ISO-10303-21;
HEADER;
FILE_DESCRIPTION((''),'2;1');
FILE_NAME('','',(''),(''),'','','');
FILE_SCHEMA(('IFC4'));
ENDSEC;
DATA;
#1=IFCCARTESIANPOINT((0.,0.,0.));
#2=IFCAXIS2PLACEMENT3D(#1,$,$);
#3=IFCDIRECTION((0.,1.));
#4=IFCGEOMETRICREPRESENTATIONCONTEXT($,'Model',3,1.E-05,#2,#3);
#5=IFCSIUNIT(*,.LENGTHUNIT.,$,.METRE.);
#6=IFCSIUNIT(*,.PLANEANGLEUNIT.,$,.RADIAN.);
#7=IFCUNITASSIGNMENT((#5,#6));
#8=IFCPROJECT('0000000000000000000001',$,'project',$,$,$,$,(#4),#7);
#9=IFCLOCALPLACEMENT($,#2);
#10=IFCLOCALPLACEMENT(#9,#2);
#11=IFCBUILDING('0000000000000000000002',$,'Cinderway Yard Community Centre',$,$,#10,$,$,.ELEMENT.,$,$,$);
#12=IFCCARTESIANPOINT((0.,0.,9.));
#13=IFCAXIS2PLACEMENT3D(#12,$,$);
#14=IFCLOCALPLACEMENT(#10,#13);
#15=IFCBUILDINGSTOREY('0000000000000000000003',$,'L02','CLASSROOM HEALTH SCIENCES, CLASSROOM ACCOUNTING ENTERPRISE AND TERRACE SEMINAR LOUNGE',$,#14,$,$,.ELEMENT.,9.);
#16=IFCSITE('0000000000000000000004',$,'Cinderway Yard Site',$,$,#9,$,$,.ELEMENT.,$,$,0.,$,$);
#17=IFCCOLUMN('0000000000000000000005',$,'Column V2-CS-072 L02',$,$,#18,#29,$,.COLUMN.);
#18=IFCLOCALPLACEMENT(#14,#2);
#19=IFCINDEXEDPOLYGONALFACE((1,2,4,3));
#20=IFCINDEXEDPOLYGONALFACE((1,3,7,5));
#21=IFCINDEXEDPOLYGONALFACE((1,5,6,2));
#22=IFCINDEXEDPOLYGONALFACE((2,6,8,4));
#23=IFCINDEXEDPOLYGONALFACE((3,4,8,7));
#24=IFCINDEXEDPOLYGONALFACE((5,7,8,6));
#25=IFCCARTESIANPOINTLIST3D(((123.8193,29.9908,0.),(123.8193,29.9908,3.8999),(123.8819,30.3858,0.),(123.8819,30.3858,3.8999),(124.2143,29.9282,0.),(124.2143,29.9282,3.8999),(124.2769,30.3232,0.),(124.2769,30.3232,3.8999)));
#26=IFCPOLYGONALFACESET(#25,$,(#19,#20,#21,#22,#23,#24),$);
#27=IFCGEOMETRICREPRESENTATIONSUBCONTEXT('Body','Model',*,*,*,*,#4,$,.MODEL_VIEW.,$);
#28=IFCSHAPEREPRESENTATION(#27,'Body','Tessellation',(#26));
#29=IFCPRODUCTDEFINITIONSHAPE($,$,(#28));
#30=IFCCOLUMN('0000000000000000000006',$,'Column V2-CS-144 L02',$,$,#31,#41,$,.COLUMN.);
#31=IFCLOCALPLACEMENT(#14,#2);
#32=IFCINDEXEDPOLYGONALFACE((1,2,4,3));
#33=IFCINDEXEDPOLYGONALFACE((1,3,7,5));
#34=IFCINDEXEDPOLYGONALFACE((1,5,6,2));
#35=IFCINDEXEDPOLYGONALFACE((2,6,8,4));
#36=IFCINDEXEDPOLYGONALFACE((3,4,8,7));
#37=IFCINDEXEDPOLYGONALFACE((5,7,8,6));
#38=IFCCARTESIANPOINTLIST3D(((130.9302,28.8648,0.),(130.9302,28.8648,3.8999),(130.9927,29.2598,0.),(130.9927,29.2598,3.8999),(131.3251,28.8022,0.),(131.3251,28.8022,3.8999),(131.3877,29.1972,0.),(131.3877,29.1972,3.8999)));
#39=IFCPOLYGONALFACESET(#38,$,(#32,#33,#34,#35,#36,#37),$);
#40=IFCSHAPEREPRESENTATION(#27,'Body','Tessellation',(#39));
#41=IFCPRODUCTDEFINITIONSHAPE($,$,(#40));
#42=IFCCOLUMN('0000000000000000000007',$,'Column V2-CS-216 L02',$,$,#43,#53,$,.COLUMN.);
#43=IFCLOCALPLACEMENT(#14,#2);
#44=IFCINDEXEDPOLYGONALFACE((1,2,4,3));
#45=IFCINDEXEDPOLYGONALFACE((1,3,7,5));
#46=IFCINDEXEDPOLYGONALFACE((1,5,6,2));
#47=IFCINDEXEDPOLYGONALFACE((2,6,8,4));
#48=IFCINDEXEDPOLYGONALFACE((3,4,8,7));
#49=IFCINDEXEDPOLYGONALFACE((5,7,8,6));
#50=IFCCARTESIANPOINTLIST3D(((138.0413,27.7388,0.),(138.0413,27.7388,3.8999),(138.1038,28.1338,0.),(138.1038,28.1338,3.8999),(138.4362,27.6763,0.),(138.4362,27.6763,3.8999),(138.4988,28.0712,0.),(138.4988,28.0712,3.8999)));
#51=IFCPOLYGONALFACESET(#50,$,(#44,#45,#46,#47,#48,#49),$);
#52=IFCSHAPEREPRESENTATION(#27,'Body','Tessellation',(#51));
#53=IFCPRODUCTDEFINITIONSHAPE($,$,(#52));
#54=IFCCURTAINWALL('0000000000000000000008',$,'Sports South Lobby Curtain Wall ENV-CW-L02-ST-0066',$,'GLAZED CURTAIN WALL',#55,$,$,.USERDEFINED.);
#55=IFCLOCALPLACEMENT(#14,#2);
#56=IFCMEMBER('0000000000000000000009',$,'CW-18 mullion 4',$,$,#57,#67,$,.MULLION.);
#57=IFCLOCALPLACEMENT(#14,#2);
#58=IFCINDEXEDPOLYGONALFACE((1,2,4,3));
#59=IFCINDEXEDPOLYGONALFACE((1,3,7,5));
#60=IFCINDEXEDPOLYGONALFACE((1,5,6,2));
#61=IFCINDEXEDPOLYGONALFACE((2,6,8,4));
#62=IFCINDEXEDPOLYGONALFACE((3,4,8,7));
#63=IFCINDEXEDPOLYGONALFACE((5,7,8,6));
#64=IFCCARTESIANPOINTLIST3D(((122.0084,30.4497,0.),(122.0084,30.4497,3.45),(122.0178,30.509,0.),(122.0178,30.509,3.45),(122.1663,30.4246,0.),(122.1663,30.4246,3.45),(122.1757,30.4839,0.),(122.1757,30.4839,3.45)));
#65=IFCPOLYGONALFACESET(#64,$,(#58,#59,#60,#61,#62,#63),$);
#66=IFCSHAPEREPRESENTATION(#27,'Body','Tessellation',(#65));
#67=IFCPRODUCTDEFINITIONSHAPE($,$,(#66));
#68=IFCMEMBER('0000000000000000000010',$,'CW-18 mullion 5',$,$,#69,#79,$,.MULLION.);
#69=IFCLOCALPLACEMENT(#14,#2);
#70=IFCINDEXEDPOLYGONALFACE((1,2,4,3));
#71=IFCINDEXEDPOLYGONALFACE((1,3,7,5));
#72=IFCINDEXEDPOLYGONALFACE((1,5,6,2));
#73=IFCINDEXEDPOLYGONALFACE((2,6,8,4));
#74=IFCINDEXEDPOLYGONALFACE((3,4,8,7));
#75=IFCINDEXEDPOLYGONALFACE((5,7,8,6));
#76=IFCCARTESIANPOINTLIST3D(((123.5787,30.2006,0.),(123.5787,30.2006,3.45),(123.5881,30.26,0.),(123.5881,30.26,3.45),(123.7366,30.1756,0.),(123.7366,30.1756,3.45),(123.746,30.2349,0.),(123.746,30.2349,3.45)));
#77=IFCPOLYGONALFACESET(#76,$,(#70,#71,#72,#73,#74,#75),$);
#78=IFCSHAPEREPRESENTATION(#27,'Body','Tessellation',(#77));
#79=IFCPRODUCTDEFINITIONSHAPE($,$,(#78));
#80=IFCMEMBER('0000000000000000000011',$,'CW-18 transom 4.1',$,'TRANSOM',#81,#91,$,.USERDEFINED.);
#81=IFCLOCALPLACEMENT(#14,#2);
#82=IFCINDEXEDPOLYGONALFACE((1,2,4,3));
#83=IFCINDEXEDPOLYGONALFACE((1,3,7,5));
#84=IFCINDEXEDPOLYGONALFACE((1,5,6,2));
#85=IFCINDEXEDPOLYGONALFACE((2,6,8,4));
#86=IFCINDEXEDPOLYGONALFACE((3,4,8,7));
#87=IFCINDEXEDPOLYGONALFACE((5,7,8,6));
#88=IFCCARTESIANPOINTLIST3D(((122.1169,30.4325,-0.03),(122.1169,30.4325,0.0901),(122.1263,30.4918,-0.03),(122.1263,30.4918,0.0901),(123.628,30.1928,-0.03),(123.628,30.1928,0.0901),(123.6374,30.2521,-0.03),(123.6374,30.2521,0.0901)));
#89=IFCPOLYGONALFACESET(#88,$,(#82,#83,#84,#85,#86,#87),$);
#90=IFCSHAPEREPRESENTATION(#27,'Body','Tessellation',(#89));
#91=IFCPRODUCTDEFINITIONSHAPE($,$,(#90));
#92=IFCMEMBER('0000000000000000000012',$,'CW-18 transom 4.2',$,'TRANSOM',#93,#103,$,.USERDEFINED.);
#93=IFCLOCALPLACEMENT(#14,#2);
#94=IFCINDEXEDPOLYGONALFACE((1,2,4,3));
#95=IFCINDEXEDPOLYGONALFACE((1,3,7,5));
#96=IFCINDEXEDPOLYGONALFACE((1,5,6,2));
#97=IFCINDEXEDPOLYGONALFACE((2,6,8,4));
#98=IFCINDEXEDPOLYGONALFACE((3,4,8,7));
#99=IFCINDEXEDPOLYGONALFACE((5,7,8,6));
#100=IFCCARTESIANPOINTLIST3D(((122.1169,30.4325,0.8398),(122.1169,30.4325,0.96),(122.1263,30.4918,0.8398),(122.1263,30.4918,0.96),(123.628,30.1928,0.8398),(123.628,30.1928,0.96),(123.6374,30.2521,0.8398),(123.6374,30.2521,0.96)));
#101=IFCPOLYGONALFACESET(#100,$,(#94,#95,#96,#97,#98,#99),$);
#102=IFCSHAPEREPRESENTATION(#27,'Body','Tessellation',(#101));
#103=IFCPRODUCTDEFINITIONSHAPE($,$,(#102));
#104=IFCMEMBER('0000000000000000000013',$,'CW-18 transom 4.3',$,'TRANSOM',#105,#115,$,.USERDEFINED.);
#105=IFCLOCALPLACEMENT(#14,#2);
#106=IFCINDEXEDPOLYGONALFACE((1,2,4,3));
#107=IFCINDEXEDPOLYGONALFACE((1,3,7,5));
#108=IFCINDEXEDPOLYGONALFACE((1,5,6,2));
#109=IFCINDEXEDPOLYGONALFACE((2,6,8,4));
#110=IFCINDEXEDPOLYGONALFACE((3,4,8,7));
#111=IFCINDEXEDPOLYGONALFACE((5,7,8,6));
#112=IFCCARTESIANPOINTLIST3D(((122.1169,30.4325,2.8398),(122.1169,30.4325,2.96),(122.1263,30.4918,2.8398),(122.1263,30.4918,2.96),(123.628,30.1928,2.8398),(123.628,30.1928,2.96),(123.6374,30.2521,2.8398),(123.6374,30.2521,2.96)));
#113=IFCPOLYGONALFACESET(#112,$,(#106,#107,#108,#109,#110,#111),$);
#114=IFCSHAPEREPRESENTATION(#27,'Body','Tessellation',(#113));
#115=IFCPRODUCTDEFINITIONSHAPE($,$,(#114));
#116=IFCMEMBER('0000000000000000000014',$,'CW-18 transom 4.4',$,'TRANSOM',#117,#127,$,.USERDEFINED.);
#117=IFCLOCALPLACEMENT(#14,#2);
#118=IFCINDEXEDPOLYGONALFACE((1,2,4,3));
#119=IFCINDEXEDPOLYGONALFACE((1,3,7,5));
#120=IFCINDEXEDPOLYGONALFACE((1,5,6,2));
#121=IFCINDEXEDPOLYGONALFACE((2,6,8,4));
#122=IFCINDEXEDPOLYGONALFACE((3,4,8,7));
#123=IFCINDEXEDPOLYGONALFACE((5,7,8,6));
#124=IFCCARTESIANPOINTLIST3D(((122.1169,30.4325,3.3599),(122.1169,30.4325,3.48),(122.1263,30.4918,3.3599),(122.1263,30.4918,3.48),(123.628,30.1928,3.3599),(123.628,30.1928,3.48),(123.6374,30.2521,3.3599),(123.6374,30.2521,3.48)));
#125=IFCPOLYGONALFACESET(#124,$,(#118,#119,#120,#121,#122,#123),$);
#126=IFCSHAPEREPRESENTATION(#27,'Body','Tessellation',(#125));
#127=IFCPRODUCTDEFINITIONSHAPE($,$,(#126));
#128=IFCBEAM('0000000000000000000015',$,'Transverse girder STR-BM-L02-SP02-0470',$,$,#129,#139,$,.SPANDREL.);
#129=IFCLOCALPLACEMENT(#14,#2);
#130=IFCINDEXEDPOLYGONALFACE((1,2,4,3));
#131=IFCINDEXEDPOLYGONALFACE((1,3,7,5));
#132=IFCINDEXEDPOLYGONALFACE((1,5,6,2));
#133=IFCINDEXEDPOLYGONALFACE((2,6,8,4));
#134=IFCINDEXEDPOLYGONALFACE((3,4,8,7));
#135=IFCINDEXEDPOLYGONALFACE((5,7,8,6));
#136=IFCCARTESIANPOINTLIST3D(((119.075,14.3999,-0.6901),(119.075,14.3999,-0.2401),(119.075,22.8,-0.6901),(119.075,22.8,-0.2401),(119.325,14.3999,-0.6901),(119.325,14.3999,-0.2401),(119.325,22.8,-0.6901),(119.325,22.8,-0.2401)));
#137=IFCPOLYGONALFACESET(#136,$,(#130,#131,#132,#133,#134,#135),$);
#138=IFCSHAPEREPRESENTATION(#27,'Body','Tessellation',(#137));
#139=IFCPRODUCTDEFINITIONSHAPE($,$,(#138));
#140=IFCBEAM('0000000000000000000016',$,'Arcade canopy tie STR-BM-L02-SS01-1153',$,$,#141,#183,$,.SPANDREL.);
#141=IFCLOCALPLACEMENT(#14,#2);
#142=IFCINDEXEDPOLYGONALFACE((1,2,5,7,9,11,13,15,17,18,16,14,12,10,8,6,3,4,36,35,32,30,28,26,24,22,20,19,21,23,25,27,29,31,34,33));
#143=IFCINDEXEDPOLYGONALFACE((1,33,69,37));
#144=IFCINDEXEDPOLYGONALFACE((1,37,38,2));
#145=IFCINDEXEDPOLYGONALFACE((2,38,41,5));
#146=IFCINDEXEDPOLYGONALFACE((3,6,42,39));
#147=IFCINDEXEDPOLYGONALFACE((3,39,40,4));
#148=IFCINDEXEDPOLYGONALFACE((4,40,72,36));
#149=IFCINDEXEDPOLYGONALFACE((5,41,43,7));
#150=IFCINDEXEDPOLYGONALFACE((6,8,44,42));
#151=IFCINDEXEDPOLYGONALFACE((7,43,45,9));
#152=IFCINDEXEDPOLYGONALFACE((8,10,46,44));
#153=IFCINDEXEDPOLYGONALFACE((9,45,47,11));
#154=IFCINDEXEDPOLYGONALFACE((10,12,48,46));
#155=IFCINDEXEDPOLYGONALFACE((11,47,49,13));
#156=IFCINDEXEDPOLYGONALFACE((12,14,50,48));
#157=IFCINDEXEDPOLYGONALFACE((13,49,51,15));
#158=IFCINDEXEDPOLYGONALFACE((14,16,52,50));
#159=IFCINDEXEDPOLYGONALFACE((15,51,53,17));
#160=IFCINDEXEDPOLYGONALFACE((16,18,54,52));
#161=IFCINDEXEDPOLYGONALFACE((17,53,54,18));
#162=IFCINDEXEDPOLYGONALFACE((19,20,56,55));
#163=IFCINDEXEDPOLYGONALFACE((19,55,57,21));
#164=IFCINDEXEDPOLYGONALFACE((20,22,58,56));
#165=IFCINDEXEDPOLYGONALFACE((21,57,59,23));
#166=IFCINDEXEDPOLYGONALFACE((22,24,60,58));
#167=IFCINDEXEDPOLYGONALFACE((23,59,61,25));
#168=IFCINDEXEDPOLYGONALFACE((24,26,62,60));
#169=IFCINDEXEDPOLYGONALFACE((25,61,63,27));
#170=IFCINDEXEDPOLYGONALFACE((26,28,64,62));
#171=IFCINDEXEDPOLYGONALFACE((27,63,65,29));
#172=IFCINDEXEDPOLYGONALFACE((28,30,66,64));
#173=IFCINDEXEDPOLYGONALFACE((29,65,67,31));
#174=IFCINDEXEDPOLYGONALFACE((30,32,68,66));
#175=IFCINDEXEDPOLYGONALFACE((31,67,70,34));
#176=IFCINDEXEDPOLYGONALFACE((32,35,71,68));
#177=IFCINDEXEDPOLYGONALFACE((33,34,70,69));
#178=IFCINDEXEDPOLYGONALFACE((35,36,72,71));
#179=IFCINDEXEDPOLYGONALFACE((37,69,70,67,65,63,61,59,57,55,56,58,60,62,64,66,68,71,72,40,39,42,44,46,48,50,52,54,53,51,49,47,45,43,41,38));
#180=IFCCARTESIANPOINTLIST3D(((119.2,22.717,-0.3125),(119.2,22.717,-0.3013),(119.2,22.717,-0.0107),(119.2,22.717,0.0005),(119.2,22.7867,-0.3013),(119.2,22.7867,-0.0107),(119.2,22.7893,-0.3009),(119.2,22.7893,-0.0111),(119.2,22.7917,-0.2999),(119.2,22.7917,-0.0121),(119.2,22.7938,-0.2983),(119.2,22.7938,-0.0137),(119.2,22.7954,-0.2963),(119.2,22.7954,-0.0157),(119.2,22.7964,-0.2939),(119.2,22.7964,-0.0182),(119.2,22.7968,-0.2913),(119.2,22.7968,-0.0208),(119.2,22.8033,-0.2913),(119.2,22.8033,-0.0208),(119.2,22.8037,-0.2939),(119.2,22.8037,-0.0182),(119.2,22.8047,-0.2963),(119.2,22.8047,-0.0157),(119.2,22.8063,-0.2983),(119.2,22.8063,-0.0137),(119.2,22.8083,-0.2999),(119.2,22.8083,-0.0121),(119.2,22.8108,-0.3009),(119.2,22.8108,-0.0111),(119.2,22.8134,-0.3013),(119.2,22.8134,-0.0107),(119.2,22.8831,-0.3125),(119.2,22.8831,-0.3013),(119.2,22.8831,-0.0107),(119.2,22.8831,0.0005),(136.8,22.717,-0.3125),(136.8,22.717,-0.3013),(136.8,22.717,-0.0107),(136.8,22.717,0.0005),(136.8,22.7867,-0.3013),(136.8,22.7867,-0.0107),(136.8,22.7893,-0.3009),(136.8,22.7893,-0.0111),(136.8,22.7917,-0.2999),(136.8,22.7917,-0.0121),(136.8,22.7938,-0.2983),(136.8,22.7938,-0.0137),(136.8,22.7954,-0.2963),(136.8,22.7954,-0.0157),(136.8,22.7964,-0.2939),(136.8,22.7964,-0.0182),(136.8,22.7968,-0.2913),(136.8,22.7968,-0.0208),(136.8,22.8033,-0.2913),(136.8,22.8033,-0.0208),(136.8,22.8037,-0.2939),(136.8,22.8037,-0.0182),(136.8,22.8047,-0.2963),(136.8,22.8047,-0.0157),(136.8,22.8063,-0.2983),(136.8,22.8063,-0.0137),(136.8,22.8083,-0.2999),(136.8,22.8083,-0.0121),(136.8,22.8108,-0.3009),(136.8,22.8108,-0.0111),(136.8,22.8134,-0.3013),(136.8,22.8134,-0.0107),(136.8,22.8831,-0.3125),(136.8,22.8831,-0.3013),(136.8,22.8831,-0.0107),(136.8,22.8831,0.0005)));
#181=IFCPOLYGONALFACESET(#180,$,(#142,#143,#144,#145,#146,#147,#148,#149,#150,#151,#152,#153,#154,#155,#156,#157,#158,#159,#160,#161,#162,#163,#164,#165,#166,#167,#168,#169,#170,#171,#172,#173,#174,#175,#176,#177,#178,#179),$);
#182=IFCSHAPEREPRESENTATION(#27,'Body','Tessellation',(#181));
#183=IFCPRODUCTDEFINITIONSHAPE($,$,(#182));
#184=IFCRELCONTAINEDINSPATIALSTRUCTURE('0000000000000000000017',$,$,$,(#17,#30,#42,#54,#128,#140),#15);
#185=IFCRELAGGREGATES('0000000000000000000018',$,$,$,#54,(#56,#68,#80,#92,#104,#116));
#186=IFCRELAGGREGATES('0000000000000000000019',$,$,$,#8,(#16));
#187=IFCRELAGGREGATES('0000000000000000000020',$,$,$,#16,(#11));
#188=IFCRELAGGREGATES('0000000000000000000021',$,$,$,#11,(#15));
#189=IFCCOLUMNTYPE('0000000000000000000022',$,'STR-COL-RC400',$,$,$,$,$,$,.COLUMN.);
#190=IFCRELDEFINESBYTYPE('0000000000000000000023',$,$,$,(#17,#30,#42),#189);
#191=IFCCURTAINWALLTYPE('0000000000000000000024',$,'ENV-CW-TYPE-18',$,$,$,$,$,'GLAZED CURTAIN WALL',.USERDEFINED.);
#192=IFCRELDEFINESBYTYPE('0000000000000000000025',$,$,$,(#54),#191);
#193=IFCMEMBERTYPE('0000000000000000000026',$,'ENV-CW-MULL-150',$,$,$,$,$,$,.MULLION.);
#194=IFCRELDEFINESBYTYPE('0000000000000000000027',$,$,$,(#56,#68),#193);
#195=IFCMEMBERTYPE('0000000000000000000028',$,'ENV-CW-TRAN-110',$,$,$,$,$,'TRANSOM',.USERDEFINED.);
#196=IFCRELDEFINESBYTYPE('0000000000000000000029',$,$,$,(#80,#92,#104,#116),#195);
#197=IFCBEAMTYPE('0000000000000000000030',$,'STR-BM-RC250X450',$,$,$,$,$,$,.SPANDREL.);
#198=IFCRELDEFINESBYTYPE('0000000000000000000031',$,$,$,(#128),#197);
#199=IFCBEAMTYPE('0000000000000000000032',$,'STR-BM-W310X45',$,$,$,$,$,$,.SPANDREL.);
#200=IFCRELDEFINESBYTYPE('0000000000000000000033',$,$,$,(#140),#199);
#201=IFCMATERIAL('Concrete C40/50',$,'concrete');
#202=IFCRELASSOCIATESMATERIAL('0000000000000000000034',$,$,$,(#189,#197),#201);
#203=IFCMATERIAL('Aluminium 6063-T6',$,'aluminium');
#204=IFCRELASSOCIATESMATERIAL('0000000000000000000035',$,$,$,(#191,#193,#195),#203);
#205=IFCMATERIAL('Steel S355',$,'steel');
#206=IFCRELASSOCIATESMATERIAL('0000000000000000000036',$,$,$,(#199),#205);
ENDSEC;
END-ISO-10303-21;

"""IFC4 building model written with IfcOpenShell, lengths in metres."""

from ifc_helpers import new_model, si_unit, direction, frame, origin, origin_2d, place, context, subcontext, project, spatial, rectangle, i_section, extrude, material, material_profile, profile_set, type_object, element, aggregate, save


model = new_model("IFC4")

# Units and contexts
model_context = context("Model", 3, precision=1e-05, world=origin(), true_north=direction((0.0, 1.0)))
body_context = subcontext(model_context, "Body", "Model", "MODEL_VIEW")
ifc_project = project(units=[si_unit("LENGTHUNIT", "METRE"), si_unit("PLANEANGLEUNIT", "RADIAN")], contexts=[model_context])

# Site, building, storey
site_placement = place(None, origin())
site = spatial("IfcSite", under=ifc_project, at=site_placement, Name="Cinderway Yard Site", CompositionType="ELEMENT", RefElevation=0.0)
building_placement = place(site_placement, origin())
building = spatial("IfcBuilding", under=site, at=building_placement, Name="Cinderway Yard Community Centre", CompositionType="ELEMENT")
storey_placement = place(building_placement, frame((0.0, 0.0, 9.0)))
storey = spatial("IfcBuildingStorey", under=building, at=storey_placement, Name="L02", Description="CLASSROOM HEALTH SCIENCES, CLASSROOM ACCOUNTING ENTERPRISE AND TERRACE SEMINAR LOUNGE", CompositionType="ELEMENT", Elevation=9.0)

# Columns
ifc_material_1 = material(Name="Concrete C40/50", Category="concrete")
ifc_material_profile_1 = material_profile(ifc_material_1, rectangle(XDim=0.3999, YDim=0.3999, at=origin_2d()), Name="Concrete C40/50")
ifc_profile_set_1 = profile_set([ifc_material_profile_1], Name="Concrete C40/50")
column_type = type_object("IfcColumnType", Name="STR-COL-RC400", PredefinedType="COLUMN", material=ifc_profile_set_1)
for number, where, z_axis, x_axis, name in (
    (1, (124.0481, 30.157, 0.0), (0.0, 0.0, 1.0), (0.987688, -0.156434, 0.0), "Column V2-CS-072 L02"),
    (2, (131.1589, 29.031, 0.0), (0.0, 0.0, 1.0), (0.987688, -0.156434, 0.0), "Column V2-CS-144 L02"),
    (3, (138.27, 27.905, 0.0), (0.0, 0.0, 1.0), (0.987688, -0.156434, 0.0), "Column V2-CS-216 L02"),
):
    element("IfcColumn", number, at=place(storey_placement, frame(where, z_axis=z_axis, x_axis=x_axis)), inside=storey, type_object=column_type, Name=name, PredefinedType="COLUMN", context=body_context, shape_type="SweptSolid", body=[
        extrude(rectangle(XDim=0.3999, YDim=0.3999, at=origin_2d()), origin(), (0.0, 0.0, 1.0), 3.8999),
    ])

# Curtain wall, members
ifc_material_2 = material(Name="Aluminium 6063-T6", Category="aluminium")
curtain_wall_type = type_object("IfcCurtainWallType", Name="ENV-CW-TYPE-18", ElementType="GLAZED CURTAIN WALL", PredefinedType="USERDEFINED", material=ifc_material_2)
curtain_wall_placement = place(storey_placement, origin())
curtain_wall = element("IfcCurtainWall", 4, at=curtain_wall_placement, inside=storey, type_object=curtain_wall_type, Name="Sports South Lobby Curtain Wall ENV-CW-L02-ST-0066", ObjectType="GLAZED CURTAIN WALL", PredefinedType="USERDEFINED")
ifc_material_profile_2 = material_profile(ifc_material_2, rectangle(XDim=0.0601, YDim=0.1599, at=origin_2d()), Name="Aluminium 6063-T6")
ifc_profile_set_2 = profile_set([ifc_material_profile_2], Name="Aluminium 6063-T6")
member_type_1 = type_object("IfcMemberType", Name="ENV-CW-MULL-150", PredefinedType="MULLION", material=ifc_profile_set_2)
member_1_placement = place(storey_placement, frame((122.092, 30.4668, 0.0), z_axis=(0.0, 0.0, 1.0), x_axis=(0.156636, 0.987656, 0.0)))
member_1 = element("IfcMember", 5, at=member_1_placement, type_object=member_type_1, Name="CW-18 mullion 4", PredefinedType="MULLION", context=body_context, shape_type="SweptSolid", body=[
    extrude(rectangle(XDim=0.0601, YDim=0.1599, at=origin_2d()), origin(), (0.0, 0.0, 1.0), 3.45),
])
member_2_placement = place(storey_placement, frame((123.6624, 30.2178, 0.0), z_axis=(0.0, 0.0, 1.0), x_axis=(0.156636, 0.987656, 0.0)))
member_2 = element("IfcMember", 6, at=member_2_placement, type_object=member_type_1, Name="CW-18 mullion 5", PredefinedType="MULLION", context=body_context, shape_type="SweptSolid", body=[
    extrude(rectangle(XDim=0.0601, YDim=0.1599, at=origin_2d()), origin(), (0.0, 0.0, 1.0), 3.45),
])
ifc_material_profile_3 = material_profile(ifc_material_2, rectangle(XDim=0.0601, YDim=0.1201, at=origin_2d()), Name="Aluminium 6063-T6")
ifc_profile_set_3 = profile_set([ifc_material_profile_3], Name="Aluminium 6063-T6")
member_type_2 = type_object("IfcMemberType", Name="ENV-CW-TRAN-110", ElementType="TRANSOM", PredefinedType="USERDEFINED", material=ifc_profile_set_3)
member_3_placement = place(storey_placement, frame((122.1216, 30.4622, 0.03), z_axis=(0.987649, -0.156684, 0.0), x_axis=(0.156684, 0.987649, 0.0)))
member_3 = element("IfcMember", 7, at=member_3_placement, type_object=member_type_2, Name="CW-18 transom 4.1", ObjectType="TRANSOM", PredefinedType="USERDEFINED", context=body_context, shape_type="SweptSolid", body=[
    extrude(rectangle(XDim=0.0601, YDim=0.1201, at=origin_2d()), origin(), (0.0, 0.0, 1.0), 1.53),
])
member_4_placement = place(storey_placement, frame((122.1216, 30.4622, 0.8999), z_axis=(0.987649, -0.156684, 0.0), x_axis=(0.156684, 0.987649, 0.0)))
member_4 = element("IfcMember", 8, at=member_4_placement, type_object=member_type_2, Name="CW-18 transom 4.2", ObjectType="TRANSOM", PredefinedType="USERDEFINED", context=body_context, shape_type="SweptSolid", body=[
    extrude(rectangle(XDim=0.0601, YDim=0.1201, at=origin_2d()), origin(), (0.0, 0.0, 1.0), 1.53),
])
member_5_placement = place(storey_placement, frame((122.1216, 30.4622, 2.8999), z_axis=(0.987649, -0.156684, 0.0), x_axis=(0.156684, 0.987649, 0.0)))
member_5 = element("IfcMember", 9, at=member_5_placement, type_object=member_type_2, Name="CW-18 transom 4.3", ObjectType="TRANSOM", PredefinedType="USERDEFINED", context=body_context, shape_type="SweptSolid", body=[
    extrude(rectangle(XDim=0.0601, YDim=0.1201, at=origin_2d()), origin(), (0.0, 0.0, 1.0), 1.53),
])
member_6_placement = place(storey_placement, frame((122.1216, 30.4622, 3.4199), z_axis=(0.987649, -0.156684, 0.0), x_axis=(0.156684, 0.987649, 0.0)))
member_6 = element("IfcMember", 10, at=member_6_placement, type_object=member_type_2, Name="CW-18 transom 4.4", ObjectType="TRANSOM", PredefinedType="USERDEFINED", context=body_context, shape_type="SweptSolid", body=[
    extrude(rectangle(XDim=0.0601, YDim=0.1201, at=origin_2d()), origin(), (0.0, 0.0, 1.0), 1.53),
])

# Beams
ifc_material_profile_4 = material_profile(ifc_material_1, rectangle(XDim=0.25, YDim=0.45, at=origin_2d()), Name="Concrete C40/50")
ifc_profile_set_4 = profile_set([ifc_material_profile_4], Name="Concrete C40/50")
beam_type_1 = type_object("IfcBeamType", Name="STR-BM-RC250X450", PredefinedType="SPANDREL", material=ifc_profile_set_4)
beam_1_placement = place(storey_placement, frame((119.2, 14.3999, -0.4651), z_axis=(0.0, 1.0, 0.0), x_axis=(-1.0, 0.0, 0.0)))
element("IfcBeam", 11, at=beam_1_placement, inside=storey, type_object=beam_type_1, Name="Transverse girder STR-BM-L02-SP02-0470", PredefinedType="SPANDREL", context=body_context, shape_type="SweptSolid", body=[
    extrude(rectangle(XDim=0.25, YDim=0.45, at=origin_2d()), origin(), (0.0, 0.0, 1.0), 8.4001),
])
ifc_material_3 = material(Name="Steel S355", Category="steel")
ifc_material_profile_5 = material_profile(ifc_material_3, i_section(OverallWidth=0.166, OverallDepth=0.313, WebThickness=0.0066, FlangeThickness=0.0112, FilletRadius=0.01, at=origin_2d()), Name="Steel S355")
ifc_profile_set_5 = profile_set([ifc_material_profile_5], Name="Steel S355")
beam_type_2 = type_object("IfcBeamType", Name="STR-BM-W310X45", PredefinedType="SPANDREL", material=ifc_profile_set_5)
beam_2_placement = place(storey_placement, frame((119.2, 22.8, -0.156), z_axis=(1.0, 0.0, 0.0), x_axis=(0.0, 1.0, 0.0)))
element("IfcBeam", 12, at=beam_2_placement, inside=storey, type_object=beam_type_2, Name="Arcade canopy tie STR-BM-L02-SS01-1153", PredefinedType="SPANDREL", context=body_context, shape_type="SweptSolid", body=[
    extrude(i_section(OverallWidth=0.166, OverallDepth=0.313, WebThickness=0.0066, FlangeThickness=0.0112, FilletRadius=0.01, at=origin_2d()), origin(), (0.0, 0.0, 1.0), 17.6001),
])

aggregate(curtain_wall, [member_1, member_2, member_3, member_4, member_5, member_6])

save(model, "model.ifc")
